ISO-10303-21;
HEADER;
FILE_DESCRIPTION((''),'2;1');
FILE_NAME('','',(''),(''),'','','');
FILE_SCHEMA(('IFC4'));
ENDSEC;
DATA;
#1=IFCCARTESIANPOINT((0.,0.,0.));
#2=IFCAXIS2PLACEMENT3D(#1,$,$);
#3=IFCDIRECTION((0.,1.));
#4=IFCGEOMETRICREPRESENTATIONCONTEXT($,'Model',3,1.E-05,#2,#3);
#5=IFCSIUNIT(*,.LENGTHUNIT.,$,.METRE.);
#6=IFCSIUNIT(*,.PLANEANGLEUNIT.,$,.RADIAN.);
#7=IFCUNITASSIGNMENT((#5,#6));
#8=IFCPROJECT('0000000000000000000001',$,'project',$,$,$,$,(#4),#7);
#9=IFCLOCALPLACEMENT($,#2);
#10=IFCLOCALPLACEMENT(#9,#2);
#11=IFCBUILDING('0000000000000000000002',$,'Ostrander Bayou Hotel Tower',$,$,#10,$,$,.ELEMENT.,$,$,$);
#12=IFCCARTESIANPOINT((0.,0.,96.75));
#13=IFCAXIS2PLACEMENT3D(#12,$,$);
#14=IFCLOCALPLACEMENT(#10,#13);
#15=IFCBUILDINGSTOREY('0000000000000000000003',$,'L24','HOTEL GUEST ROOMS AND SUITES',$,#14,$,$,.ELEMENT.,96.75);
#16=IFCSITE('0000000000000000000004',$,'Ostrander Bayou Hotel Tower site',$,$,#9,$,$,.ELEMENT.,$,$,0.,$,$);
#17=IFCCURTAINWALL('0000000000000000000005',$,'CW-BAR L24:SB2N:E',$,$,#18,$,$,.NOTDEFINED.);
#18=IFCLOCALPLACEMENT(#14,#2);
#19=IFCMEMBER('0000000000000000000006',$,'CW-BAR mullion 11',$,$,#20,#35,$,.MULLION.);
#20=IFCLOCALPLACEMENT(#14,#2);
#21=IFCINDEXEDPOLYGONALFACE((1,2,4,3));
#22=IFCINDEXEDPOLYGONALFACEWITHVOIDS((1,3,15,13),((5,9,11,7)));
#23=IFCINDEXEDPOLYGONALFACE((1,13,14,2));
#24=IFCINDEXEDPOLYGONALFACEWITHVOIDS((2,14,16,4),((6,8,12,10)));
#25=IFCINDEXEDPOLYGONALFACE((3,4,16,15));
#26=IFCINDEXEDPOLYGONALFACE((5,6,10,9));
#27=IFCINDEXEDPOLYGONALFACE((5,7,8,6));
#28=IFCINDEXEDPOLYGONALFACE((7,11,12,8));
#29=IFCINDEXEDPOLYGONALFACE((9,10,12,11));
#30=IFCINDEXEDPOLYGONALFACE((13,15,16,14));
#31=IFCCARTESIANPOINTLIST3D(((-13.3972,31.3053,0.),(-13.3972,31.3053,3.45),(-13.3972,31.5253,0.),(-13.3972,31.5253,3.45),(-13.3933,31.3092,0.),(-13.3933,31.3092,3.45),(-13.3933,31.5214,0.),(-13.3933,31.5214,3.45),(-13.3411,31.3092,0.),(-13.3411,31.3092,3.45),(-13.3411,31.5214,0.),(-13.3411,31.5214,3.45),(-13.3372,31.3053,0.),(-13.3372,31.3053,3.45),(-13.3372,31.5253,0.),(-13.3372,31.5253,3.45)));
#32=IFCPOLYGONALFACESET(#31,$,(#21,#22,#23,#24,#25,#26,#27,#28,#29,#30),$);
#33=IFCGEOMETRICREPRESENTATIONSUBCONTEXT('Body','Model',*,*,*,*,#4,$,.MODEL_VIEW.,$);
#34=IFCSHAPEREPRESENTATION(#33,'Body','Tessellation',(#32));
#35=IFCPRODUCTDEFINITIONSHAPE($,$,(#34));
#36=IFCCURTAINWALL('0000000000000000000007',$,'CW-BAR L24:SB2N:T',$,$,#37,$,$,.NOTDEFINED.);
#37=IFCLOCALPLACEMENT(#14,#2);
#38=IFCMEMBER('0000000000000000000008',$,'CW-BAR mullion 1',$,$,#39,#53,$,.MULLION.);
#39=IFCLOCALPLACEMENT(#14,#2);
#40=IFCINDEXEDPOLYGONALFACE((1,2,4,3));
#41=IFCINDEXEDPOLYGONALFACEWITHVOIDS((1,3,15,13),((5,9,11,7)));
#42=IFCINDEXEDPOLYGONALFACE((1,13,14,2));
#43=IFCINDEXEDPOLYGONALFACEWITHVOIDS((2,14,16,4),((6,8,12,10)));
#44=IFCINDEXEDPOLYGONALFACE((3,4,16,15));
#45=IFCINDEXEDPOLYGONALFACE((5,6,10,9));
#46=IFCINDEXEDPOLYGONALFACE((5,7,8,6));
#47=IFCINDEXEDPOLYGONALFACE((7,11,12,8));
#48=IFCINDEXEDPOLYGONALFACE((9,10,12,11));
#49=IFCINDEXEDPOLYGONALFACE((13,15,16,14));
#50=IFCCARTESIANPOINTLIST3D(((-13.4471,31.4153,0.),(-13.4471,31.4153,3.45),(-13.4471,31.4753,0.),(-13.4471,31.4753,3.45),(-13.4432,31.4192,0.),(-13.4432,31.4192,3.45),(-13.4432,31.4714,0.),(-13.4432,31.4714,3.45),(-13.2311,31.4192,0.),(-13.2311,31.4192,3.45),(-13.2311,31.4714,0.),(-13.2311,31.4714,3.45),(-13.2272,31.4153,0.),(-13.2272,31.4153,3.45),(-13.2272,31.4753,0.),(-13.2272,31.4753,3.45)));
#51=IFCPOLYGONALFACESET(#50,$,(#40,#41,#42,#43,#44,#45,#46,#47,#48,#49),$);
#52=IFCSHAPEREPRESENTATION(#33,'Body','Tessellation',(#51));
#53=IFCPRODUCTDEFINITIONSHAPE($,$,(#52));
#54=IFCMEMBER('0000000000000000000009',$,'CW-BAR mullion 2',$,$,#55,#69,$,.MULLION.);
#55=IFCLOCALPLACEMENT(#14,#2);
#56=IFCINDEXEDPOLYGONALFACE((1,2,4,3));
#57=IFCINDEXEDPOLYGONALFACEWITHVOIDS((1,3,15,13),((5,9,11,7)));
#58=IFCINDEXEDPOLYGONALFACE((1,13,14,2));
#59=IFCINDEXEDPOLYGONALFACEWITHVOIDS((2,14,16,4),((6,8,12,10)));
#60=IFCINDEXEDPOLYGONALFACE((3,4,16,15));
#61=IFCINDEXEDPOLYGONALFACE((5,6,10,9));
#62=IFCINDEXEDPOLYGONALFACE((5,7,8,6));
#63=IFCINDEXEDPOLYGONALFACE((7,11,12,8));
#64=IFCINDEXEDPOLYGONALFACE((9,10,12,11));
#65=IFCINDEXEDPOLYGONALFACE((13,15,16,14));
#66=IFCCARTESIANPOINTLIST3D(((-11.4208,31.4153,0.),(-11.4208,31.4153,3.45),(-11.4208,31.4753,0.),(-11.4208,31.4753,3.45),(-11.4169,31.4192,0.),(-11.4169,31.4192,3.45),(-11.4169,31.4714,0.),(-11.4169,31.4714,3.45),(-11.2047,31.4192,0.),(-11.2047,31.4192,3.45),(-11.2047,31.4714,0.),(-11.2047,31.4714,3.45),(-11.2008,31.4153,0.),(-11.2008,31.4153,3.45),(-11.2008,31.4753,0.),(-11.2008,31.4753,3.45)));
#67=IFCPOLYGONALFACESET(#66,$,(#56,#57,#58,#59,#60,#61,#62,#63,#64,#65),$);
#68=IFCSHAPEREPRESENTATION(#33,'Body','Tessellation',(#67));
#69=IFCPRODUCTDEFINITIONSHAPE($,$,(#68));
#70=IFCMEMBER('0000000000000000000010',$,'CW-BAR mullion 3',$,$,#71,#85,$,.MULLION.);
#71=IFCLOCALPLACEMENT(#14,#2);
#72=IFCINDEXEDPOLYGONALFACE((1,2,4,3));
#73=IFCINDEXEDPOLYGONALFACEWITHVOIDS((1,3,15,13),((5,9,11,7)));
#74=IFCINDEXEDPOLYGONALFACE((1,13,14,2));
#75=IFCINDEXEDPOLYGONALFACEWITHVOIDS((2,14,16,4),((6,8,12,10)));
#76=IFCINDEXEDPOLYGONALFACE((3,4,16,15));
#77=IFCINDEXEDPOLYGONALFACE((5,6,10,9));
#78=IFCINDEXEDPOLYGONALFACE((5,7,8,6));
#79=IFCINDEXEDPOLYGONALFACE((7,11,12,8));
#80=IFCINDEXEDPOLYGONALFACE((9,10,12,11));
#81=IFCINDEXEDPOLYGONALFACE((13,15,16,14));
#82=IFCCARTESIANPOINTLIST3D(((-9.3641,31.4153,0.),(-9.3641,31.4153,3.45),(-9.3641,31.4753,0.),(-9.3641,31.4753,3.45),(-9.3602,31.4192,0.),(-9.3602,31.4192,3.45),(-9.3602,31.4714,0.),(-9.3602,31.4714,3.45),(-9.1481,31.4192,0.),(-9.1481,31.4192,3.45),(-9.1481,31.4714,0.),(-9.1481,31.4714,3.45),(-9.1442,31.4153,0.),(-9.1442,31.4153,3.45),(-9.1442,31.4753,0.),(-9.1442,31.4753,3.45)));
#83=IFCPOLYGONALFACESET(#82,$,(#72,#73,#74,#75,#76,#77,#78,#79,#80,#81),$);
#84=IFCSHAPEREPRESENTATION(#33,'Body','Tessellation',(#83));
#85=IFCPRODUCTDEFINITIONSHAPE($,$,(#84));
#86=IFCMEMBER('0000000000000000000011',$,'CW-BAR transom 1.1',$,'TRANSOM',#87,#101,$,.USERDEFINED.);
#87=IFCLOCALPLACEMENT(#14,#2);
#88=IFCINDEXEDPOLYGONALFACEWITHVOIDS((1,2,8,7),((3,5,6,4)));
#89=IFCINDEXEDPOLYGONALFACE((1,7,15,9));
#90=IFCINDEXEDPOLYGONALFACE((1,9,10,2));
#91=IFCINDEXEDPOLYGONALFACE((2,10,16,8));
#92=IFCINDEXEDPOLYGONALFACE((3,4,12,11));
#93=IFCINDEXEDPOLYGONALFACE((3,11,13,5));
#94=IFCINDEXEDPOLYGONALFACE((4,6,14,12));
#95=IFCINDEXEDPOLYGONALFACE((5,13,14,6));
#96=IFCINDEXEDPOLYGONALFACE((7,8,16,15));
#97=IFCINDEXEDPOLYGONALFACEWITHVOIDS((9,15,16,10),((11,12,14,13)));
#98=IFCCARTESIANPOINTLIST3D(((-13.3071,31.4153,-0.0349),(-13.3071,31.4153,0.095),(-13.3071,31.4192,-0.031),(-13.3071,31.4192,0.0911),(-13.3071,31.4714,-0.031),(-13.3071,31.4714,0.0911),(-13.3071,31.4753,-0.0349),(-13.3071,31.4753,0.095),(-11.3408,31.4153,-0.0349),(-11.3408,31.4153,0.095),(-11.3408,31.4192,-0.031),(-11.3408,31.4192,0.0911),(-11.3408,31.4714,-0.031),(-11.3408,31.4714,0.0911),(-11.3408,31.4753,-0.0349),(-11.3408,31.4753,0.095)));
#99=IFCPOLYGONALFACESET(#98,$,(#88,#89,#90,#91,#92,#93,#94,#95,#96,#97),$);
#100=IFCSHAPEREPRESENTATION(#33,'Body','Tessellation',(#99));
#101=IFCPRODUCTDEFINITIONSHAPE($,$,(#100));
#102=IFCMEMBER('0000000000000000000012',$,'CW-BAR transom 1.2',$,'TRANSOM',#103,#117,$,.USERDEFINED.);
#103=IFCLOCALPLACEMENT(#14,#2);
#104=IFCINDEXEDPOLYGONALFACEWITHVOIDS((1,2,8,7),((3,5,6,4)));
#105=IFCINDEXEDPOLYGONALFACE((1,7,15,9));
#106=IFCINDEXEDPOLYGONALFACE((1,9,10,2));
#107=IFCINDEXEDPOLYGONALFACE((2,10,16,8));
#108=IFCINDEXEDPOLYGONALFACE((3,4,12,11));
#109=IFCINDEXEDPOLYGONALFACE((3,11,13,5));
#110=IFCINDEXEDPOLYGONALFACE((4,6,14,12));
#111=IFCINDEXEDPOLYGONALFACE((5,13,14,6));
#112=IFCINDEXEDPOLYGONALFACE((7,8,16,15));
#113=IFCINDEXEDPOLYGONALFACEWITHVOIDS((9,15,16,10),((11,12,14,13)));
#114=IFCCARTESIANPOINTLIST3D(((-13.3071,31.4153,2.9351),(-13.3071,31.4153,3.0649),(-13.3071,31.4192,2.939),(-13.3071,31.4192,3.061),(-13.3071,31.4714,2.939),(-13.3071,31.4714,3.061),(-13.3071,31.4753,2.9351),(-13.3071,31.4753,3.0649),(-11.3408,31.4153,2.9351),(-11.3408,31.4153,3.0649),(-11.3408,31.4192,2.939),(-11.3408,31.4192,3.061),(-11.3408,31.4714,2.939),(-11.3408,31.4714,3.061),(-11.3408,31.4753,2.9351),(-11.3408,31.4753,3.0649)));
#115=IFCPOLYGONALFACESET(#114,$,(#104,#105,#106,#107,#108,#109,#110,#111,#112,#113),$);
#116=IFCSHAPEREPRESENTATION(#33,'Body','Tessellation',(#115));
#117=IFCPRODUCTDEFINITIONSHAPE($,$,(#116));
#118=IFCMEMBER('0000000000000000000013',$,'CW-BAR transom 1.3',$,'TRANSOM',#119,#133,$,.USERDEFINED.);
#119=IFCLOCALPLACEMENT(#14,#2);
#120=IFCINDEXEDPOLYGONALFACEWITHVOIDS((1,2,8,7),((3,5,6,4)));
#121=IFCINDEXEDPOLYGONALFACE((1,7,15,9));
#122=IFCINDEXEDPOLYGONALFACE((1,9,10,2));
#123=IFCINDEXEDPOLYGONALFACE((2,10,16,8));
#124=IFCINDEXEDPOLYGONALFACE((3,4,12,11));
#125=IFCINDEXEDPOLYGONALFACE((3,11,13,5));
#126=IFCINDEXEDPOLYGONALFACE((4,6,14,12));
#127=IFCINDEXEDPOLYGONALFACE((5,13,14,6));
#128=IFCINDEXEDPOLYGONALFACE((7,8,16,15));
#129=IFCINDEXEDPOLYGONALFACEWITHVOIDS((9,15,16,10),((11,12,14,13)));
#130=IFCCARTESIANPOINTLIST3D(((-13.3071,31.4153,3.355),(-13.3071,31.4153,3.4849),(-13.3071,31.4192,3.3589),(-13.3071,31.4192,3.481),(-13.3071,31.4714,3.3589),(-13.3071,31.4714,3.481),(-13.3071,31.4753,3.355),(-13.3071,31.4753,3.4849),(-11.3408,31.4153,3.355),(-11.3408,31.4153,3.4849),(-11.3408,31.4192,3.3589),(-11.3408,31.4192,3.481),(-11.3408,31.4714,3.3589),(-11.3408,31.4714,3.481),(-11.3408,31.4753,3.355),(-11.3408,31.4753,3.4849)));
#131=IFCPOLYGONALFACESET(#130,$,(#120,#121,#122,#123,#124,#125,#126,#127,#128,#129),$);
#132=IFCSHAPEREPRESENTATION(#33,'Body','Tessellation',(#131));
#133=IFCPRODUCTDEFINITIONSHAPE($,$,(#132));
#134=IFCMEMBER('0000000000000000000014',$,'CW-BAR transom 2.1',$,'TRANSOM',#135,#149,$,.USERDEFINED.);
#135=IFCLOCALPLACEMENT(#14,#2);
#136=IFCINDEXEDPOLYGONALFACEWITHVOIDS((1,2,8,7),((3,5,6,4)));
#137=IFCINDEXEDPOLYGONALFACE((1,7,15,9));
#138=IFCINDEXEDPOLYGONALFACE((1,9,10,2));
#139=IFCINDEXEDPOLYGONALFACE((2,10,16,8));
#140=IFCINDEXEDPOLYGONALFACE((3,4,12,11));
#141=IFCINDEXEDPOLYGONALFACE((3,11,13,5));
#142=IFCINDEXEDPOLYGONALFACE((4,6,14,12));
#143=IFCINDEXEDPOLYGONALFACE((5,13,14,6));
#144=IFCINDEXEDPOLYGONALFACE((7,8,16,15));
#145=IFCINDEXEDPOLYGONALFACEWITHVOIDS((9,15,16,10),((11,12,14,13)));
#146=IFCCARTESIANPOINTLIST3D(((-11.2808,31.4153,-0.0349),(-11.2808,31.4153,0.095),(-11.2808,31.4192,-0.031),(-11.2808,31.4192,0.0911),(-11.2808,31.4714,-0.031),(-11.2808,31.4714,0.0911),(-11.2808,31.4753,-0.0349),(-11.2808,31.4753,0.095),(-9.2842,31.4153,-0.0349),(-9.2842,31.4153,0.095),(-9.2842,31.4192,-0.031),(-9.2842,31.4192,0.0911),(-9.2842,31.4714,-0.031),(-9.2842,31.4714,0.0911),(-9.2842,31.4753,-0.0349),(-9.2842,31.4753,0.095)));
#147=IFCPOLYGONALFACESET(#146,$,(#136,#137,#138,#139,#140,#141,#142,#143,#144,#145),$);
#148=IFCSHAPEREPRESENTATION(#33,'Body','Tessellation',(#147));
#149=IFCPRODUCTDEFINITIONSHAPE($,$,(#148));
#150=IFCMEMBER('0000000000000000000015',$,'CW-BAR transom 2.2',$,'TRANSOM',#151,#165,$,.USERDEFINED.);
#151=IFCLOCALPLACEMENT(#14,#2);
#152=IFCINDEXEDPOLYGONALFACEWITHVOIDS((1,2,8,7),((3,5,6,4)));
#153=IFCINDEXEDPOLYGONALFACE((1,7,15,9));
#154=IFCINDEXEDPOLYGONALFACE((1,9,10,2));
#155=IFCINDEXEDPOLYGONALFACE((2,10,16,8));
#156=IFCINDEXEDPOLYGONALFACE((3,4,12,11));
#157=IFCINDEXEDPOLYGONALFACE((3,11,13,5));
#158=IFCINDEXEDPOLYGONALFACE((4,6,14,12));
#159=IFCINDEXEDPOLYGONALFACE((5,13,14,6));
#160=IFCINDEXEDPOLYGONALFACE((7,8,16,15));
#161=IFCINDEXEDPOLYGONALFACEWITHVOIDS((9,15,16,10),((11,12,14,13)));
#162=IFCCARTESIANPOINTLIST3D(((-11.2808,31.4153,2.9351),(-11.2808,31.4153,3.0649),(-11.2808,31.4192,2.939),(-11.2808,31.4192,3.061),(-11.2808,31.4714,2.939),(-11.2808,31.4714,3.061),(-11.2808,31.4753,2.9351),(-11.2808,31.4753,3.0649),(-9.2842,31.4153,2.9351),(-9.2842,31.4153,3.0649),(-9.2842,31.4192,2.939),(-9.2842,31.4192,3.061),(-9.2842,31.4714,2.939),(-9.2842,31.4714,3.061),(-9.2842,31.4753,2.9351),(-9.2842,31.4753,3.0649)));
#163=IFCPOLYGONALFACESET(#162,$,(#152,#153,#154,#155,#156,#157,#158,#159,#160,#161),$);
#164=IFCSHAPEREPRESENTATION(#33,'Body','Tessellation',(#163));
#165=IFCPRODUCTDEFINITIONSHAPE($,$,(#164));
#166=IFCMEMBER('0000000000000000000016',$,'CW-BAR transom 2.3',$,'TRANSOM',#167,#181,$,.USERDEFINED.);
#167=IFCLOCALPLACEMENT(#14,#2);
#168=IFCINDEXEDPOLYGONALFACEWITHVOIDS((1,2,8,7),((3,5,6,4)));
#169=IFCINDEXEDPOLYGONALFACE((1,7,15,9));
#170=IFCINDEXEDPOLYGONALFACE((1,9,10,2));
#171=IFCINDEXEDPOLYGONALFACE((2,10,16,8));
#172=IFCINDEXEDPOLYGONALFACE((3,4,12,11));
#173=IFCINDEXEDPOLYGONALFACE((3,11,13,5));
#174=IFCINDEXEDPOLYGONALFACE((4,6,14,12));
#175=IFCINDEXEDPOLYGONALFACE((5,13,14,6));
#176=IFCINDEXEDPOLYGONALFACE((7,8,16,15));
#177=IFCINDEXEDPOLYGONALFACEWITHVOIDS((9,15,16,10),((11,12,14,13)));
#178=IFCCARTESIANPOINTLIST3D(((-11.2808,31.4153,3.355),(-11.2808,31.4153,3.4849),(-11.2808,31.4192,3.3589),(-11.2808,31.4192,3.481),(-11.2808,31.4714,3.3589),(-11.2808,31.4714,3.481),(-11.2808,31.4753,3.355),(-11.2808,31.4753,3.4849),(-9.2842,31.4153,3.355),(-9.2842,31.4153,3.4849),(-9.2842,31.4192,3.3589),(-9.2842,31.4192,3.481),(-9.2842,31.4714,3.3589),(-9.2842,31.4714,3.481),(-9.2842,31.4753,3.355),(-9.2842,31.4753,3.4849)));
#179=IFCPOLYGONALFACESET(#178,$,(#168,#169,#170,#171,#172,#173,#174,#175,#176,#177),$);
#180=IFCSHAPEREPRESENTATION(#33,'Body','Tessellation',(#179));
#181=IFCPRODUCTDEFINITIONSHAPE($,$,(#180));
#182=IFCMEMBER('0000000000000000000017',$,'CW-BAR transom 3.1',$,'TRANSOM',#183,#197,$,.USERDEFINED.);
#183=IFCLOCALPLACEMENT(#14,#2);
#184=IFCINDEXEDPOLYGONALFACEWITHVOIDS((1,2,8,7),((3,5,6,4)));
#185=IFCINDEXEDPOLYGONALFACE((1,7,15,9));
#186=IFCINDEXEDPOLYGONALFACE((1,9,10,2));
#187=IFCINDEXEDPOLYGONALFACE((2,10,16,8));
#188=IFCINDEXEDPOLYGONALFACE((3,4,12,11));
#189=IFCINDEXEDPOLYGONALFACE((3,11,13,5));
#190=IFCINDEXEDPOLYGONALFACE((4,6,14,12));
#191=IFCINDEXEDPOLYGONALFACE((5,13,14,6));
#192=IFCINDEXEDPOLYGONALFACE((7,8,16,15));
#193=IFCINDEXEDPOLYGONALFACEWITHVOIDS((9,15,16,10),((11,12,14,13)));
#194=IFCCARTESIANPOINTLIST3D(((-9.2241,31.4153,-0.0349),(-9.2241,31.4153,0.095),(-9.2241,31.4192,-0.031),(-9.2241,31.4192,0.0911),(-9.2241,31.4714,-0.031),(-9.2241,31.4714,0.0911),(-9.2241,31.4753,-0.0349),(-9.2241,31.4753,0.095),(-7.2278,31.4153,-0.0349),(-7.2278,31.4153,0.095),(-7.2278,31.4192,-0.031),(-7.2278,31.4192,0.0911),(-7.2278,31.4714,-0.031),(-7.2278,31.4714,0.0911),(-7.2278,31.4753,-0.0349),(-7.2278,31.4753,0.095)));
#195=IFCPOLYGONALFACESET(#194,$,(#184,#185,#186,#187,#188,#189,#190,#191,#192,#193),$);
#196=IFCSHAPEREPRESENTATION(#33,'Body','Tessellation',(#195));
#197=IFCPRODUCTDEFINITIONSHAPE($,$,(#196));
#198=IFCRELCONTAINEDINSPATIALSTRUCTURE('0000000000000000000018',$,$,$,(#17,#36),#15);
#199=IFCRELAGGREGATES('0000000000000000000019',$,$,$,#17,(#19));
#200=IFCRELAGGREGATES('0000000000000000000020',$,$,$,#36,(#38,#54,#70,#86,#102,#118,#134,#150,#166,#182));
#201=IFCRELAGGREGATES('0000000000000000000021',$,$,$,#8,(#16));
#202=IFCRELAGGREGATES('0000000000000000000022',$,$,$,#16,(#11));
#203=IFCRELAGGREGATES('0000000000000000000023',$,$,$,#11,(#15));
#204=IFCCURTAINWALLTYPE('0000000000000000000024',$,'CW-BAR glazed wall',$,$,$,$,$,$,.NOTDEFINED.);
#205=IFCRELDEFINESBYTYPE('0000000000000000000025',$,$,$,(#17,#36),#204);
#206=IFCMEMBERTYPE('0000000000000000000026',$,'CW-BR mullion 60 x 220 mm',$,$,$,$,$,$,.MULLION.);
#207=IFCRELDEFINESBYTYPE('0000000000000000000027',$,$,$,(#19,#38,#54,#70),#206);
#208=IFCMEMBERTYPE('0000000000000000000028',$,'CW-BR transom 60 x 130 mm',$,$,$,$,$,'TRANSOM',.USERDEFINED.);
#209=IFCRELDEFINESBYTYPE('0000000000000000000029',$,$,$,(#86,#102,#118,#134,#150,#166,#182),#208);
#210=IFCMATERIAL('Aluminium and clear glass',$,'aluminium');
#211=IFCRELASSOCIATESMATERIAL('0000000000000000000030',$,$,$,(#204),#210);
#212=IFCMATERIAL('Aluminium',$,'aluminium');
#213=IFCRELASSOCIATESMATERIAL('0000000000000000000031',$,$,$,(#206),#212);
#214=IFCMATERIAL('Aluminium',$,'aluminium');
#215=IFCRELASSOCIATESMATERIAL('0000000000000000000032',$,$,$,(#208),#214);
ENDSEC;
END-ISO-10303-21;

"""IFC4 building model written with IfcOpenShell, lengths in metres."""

from ifc_helpers import new_model, si_unit, direction, frame, origin, origin_2d, place, context, subcontext, project, spatial, hollow_rectangle, extrude, material, material_profile, profile_set, type_object, element, aggregate, save


model = new_model("IFC4")

# Units and contexts
model_context = context("Model", 3, precision=1e-05, world=origin(), true_north=direction((0.0, 1.0)))
body_context = subcontext(model_context, "Body", "Model", "MODEL_VIEW")
ifc_project = project(units=[si_unit("LENGTHUNIT", "METRE"), si_unit("PLANEANGLEUNIT", "RADIAN")], contexts=[model_context])

# Site, building, storey
site_placement = place(None, origin())
site = spatial("IfcSite", under=ifc_project, at=site_placement, Name="Ostrander Bayou Hotel Tower site", CompositionType="ELEMENT", RefElevation=0.0)
building_placement = place(site_placement, origin())
building = spatial("IfcBuilding", under=site, at=building_placement, Name="Ostrander Bayou Hotel Tower", CompositionType="ELEMENT")
storey_placement = place(building_placement, frame((0.0, 0.0, 96.75)))
storey = spatial("IfcBuildingStorey", under=building, at=storey_placement, Name="L24", Description="HOTEL GUEST ROOMS AND SUITES", CompositionType="ELEMENT", Elevation=96.75)

# Curtain wall, member
ifc_material_1 = material(Name="Aluminium and clear glass", Category="aluminium")
curtain_wall_type = type_object("IfcCurtainWallType", Name="CW-BAR glazed wall", PredefinedType="NOTDEFINED", material=ifc_material_1)
curtain_wall_1_placement = place(storey_placement, origin())
curtain_wall_1 = element("IfcCurtainWall", 1, at=curtain_wall_1_placement, inside=storey, type_object=curtain_wall_type, Name="CW-BAR L24:SB2N:E", PredefinedType="NOTDEFINED")
ifc_material_2 = material(Name="Aluminium", Category="aluminium")
ifc_material_profile_1 = material_profile(ifc_material_2, hollow_rectangle(XDim=0.0601, YDim=0.22, WallThickness=0.0039, at=origin_2d()))
ifc_profile_set_1 = profile_set([ifc_material_profile_1], Name="Aluminium")
member_type_1 = type_object("IfcMemberType", Name="CW-BR mullion 60 x 220 mm", PredefinedType="MULLION", material=ifc_profile_set_1)
member_1_placement = place(storey_placement, frame((-13.3672, 31.4153, 0.0), z_axis=(0.0, 0.0, 1.0), x_axis=(-1.0, 0.0, 0.0)))
member_1 = element("IfcMember", 2, at=member_1_placement, type_object=member_type_1, Name="CW-BAR mullion 11", PredefinedType="MULLION", context=body_context, shape_type="SweptSolid", body=[
    extrude(hollow_rectangle(XDim=0.0601, YDim=0.22, WallThickness=0.0039, at=origin_2d()), origin(), (0.0, 0.0, 1.0), 3.45),
])
aggregate(curtain_wall_1, [member_1])

# Curtain wall, members
curtain_wall_2_placement = place(storey_placement, origin())
curtain_wall_2 = element("IfcCurtainWall", 3, at=curtain_wall_2_placement, inside=storey, type_object=curtain_wall_type, Name="CW-BAR L24:SB2N:T", PredefinedType="NOTDEFINED")
member_2_placement = place(storey_placement, frame((-13.3372, 31.4453, 0.0), z_axis=(0.0, 0.0, 1.0), x_axis=(0.0, 1.0, 0.0)))
member_2 = element("IfcMember", 4, at=member_2_placement, type_object=member_type_1, Name="CW-BAR mullion 1", PredefinedType="MULLION", context=body_context, shape_type="SweptSolid", body=[
    extrude(hollow_rectangle(XDim=0.0601, YDim=0.22, WallThickness=0.0039, at=origin_2d()), origin(), (0.0, 0.0, 1.0), 3.45),
])
member_3_placement = place(storey_placement, frame((-11.3108, 31.4453, 0.0), z_axis=(0.0, 0.0, 1.0), x_axis=(0.0, 1.0, 0.0)))
member_3 = element("IfcMember", 5, at=member_3_placement, type_object=member_type_1, Name="CW-BAR mullion 2", PredefinedType="MULLION", context=body_context, shape_type="SweptSolid", body=[
    extrude(hollow_rectangle(XDim=0.0601, YDim=0.22, WallThickness=0.0039, at=origin_2d()), origin(), (0.0, 0.0, 1.0), 3.45),
])
member_4_placement = place(storey_placement, frame((-9.2542, 31.4453, 0.0), z_axis=(0.0, 0.0, 1.0), x_axis=(0.0, 1.0, 0.0)))
member_4 = element("IfcMember", 6, at=member_4_placement, type_object=member_type_1, Name="CW-BAR mullion 3", PredefinedType="MULLION", context=body_context, shape_type="SweptSolid", body=[
    extrude(hollow_rectangle(XDim=0.0601, YDim=0.22, WallThickness=0.0039, at=origin_2d()), origin(), (0.0, 0.0, 1.0), 3.45),
])
ifc_material_3 = material(Name="Aluminium", Category="aluminium")
ifc_material_profile_2 = material_profile(ifc_material_3, hollow_rectangle(XDim=0.0601, YDim=0.1299, WallThickness=0.0039, at=origin_2d()))
ifc_profile_set_2 = profile_set([ifc_material_profile_2], Name="Aluminium")
member_type_2 = type_object("IfcMemberType", Name="CW-BR transom 60 x 130 mm", ElementType="TRANSOM", PredefinedType="USERDEFINED", material=ifc_profile_set_2)
member_5_placement = place(storey_placement, frame((-13.3071, 31.4453, 0.03), z_axis=(1.0, 0.0, 0.0), x_axis=(0.0, 1.0, 0.0)))
member_5 = element("IfcMember", 7, at=member_5_placement, type_object=member_type_2, Name="CW-BAR transom 1.1", ObjectType="TRANSOM", PredefinedType="USERDEFINED", context=body_context, shape_type="SweptSolid", body=[
    extrude(hollow_rectangle(XDim=0.0601, YDim=0.1299, WallThickness=0.0039, at=origin_2d()), origin(), (0.0, 0.0, 1.0), 1.9663),
])
member_6_placement = place(storey_placement, frame((-13.3071, 31.4453, 3.0), z_axis=(1.0, 0.0, 0.0), x_axis=(0.0, 1.0, 0.0)))
member_6 = element("IfcMember", 8, at=member_6_placement, type_object=member_type_2, Name="CW-BAR transom 1.2", ObjectType="TRANSOM", PredefinedType="USERDEFINED", context=body_context, shape_type="SweptSolid", body=[
    extrude(hollow_rectangle(XDim=0.0601, YDim=0.1299, WallThickness=0.0039, at=origin_2d()), origin(), (0.0, 0.0, 1.0), 1.9663),
])
member_7_placement = place(storey_placement, frame((-13.3071, 31.4453, 3.4199), z_axis=(1.0, 0.0, 0.0), x_axis=(0.0, 1.0, 0.0)))
member_7 = element("IfcMember", 9, at=member_7_placement, type_object=member_type_2, Name="CW-BAR transom 1.3", ObjectType="TRANSOM", PredefinedType="USERDEFINED", context=body_context, shape_type="SweptSolid", body=[
    extrude(hollow_rectangle(XDim=0.0601, YDim=0.1299, WallThickness=0.0039, at=origin_2d()), origin(), (0.0, 0.0, 1.0), 1.9663),
])
member_8_placement = place(storey_placement, frame((-11.2808, 31.4453, 0.03), z_axis=(1.0, 0.0, 0.0), x_axis=(0.0, 1.0, 0.0)))
member_8 = element("IfcMember", 10, at=member_8_placement, type_object=member_type_2, Name="CW-BAR transom 2.1", ObjectType="TRANSOM", PredefinedType="USERDEFINED", context=body_context, shape_type="SweptSolid", body=[
    extrude(hollow_rectangle(XDim=0.0601, YDim=0.1299, WallThickness=0.0039, at=origin_2d()), origin(), (0.0, 0.0, 1.0), 1.9966),
])
member_9_placement = place(storey_placement, frame((-11.2808, 31.4453, 3.0), z_axis=(1.0, 0.0, 0.0), x_axis=(0.0, 1.0, 0.0)))
member_9 = element("IfcMember", 11, at=member_9_placement, type_object=member_type_2, Name="CW-BAR transom 2.2", ObjectType="TRANSOM", PredefinedType="USERDEFINED", context=body_context, shape_type="SweptSolid", body=[
    extrude(hollow_rectangle(XDim=0.0601, YDim=0.1299, WallThickness=0.0039, at=origin_2d()), origin(), (0.0, 0.0, 1.0), 1.9966),
])
member_10_placement = place(storey_placement, frame((-11.2808, 31.4453, 3.4199), z_axis=(1.0, 0.0, 0.0), x_axis=(0.0, 1.0, 0.0)))
member_10 = element("IfcMember", 12, at=member_10_placement, type_object=member_type_2, Name="CW-BAR transom 2.3", ObjectType="TRANSOM", PredefinedType="USERDEFINED", context=body_context, shape_type="SweptSolid", body=[
    extrude(hollow_rectangle(XDim=0.0601, YDim=0.1299, WallThickness=0.0039, at=origin_2d()), origin(), (0.0, 0.0, 1.0), 1.9966),
])
member_11_placement = place(storey_placement, frame((-9.2241, 31.4453, 0.03), z_axis=(1.0, 0.0, 0.0), x_axis=(0.0, 1.0, 0.0)))
member_11 = element("IfcMember", 13, at=member_11_placement, type_object=member_type_2, Name="CW-BAR transom 3.1", ObjectType="TRANSOM", PredefinedType="USERDEFINED", context=body_context, shape_type="SweptSolid", body=[
    extrude(hollow_rectangle(XDim=0.0601, YDim=0.1299, WallThickness=0.0039, at=origin_2d()), origin(), (0.0, 0.0, 1.0), 1.9963),
])

aggregate(curtain_wall_2, [member_2, member_3, member_4, member_5, member_6, member_7, member_8, member_9, member_10, member_11])

save(model, "model.ifc")
